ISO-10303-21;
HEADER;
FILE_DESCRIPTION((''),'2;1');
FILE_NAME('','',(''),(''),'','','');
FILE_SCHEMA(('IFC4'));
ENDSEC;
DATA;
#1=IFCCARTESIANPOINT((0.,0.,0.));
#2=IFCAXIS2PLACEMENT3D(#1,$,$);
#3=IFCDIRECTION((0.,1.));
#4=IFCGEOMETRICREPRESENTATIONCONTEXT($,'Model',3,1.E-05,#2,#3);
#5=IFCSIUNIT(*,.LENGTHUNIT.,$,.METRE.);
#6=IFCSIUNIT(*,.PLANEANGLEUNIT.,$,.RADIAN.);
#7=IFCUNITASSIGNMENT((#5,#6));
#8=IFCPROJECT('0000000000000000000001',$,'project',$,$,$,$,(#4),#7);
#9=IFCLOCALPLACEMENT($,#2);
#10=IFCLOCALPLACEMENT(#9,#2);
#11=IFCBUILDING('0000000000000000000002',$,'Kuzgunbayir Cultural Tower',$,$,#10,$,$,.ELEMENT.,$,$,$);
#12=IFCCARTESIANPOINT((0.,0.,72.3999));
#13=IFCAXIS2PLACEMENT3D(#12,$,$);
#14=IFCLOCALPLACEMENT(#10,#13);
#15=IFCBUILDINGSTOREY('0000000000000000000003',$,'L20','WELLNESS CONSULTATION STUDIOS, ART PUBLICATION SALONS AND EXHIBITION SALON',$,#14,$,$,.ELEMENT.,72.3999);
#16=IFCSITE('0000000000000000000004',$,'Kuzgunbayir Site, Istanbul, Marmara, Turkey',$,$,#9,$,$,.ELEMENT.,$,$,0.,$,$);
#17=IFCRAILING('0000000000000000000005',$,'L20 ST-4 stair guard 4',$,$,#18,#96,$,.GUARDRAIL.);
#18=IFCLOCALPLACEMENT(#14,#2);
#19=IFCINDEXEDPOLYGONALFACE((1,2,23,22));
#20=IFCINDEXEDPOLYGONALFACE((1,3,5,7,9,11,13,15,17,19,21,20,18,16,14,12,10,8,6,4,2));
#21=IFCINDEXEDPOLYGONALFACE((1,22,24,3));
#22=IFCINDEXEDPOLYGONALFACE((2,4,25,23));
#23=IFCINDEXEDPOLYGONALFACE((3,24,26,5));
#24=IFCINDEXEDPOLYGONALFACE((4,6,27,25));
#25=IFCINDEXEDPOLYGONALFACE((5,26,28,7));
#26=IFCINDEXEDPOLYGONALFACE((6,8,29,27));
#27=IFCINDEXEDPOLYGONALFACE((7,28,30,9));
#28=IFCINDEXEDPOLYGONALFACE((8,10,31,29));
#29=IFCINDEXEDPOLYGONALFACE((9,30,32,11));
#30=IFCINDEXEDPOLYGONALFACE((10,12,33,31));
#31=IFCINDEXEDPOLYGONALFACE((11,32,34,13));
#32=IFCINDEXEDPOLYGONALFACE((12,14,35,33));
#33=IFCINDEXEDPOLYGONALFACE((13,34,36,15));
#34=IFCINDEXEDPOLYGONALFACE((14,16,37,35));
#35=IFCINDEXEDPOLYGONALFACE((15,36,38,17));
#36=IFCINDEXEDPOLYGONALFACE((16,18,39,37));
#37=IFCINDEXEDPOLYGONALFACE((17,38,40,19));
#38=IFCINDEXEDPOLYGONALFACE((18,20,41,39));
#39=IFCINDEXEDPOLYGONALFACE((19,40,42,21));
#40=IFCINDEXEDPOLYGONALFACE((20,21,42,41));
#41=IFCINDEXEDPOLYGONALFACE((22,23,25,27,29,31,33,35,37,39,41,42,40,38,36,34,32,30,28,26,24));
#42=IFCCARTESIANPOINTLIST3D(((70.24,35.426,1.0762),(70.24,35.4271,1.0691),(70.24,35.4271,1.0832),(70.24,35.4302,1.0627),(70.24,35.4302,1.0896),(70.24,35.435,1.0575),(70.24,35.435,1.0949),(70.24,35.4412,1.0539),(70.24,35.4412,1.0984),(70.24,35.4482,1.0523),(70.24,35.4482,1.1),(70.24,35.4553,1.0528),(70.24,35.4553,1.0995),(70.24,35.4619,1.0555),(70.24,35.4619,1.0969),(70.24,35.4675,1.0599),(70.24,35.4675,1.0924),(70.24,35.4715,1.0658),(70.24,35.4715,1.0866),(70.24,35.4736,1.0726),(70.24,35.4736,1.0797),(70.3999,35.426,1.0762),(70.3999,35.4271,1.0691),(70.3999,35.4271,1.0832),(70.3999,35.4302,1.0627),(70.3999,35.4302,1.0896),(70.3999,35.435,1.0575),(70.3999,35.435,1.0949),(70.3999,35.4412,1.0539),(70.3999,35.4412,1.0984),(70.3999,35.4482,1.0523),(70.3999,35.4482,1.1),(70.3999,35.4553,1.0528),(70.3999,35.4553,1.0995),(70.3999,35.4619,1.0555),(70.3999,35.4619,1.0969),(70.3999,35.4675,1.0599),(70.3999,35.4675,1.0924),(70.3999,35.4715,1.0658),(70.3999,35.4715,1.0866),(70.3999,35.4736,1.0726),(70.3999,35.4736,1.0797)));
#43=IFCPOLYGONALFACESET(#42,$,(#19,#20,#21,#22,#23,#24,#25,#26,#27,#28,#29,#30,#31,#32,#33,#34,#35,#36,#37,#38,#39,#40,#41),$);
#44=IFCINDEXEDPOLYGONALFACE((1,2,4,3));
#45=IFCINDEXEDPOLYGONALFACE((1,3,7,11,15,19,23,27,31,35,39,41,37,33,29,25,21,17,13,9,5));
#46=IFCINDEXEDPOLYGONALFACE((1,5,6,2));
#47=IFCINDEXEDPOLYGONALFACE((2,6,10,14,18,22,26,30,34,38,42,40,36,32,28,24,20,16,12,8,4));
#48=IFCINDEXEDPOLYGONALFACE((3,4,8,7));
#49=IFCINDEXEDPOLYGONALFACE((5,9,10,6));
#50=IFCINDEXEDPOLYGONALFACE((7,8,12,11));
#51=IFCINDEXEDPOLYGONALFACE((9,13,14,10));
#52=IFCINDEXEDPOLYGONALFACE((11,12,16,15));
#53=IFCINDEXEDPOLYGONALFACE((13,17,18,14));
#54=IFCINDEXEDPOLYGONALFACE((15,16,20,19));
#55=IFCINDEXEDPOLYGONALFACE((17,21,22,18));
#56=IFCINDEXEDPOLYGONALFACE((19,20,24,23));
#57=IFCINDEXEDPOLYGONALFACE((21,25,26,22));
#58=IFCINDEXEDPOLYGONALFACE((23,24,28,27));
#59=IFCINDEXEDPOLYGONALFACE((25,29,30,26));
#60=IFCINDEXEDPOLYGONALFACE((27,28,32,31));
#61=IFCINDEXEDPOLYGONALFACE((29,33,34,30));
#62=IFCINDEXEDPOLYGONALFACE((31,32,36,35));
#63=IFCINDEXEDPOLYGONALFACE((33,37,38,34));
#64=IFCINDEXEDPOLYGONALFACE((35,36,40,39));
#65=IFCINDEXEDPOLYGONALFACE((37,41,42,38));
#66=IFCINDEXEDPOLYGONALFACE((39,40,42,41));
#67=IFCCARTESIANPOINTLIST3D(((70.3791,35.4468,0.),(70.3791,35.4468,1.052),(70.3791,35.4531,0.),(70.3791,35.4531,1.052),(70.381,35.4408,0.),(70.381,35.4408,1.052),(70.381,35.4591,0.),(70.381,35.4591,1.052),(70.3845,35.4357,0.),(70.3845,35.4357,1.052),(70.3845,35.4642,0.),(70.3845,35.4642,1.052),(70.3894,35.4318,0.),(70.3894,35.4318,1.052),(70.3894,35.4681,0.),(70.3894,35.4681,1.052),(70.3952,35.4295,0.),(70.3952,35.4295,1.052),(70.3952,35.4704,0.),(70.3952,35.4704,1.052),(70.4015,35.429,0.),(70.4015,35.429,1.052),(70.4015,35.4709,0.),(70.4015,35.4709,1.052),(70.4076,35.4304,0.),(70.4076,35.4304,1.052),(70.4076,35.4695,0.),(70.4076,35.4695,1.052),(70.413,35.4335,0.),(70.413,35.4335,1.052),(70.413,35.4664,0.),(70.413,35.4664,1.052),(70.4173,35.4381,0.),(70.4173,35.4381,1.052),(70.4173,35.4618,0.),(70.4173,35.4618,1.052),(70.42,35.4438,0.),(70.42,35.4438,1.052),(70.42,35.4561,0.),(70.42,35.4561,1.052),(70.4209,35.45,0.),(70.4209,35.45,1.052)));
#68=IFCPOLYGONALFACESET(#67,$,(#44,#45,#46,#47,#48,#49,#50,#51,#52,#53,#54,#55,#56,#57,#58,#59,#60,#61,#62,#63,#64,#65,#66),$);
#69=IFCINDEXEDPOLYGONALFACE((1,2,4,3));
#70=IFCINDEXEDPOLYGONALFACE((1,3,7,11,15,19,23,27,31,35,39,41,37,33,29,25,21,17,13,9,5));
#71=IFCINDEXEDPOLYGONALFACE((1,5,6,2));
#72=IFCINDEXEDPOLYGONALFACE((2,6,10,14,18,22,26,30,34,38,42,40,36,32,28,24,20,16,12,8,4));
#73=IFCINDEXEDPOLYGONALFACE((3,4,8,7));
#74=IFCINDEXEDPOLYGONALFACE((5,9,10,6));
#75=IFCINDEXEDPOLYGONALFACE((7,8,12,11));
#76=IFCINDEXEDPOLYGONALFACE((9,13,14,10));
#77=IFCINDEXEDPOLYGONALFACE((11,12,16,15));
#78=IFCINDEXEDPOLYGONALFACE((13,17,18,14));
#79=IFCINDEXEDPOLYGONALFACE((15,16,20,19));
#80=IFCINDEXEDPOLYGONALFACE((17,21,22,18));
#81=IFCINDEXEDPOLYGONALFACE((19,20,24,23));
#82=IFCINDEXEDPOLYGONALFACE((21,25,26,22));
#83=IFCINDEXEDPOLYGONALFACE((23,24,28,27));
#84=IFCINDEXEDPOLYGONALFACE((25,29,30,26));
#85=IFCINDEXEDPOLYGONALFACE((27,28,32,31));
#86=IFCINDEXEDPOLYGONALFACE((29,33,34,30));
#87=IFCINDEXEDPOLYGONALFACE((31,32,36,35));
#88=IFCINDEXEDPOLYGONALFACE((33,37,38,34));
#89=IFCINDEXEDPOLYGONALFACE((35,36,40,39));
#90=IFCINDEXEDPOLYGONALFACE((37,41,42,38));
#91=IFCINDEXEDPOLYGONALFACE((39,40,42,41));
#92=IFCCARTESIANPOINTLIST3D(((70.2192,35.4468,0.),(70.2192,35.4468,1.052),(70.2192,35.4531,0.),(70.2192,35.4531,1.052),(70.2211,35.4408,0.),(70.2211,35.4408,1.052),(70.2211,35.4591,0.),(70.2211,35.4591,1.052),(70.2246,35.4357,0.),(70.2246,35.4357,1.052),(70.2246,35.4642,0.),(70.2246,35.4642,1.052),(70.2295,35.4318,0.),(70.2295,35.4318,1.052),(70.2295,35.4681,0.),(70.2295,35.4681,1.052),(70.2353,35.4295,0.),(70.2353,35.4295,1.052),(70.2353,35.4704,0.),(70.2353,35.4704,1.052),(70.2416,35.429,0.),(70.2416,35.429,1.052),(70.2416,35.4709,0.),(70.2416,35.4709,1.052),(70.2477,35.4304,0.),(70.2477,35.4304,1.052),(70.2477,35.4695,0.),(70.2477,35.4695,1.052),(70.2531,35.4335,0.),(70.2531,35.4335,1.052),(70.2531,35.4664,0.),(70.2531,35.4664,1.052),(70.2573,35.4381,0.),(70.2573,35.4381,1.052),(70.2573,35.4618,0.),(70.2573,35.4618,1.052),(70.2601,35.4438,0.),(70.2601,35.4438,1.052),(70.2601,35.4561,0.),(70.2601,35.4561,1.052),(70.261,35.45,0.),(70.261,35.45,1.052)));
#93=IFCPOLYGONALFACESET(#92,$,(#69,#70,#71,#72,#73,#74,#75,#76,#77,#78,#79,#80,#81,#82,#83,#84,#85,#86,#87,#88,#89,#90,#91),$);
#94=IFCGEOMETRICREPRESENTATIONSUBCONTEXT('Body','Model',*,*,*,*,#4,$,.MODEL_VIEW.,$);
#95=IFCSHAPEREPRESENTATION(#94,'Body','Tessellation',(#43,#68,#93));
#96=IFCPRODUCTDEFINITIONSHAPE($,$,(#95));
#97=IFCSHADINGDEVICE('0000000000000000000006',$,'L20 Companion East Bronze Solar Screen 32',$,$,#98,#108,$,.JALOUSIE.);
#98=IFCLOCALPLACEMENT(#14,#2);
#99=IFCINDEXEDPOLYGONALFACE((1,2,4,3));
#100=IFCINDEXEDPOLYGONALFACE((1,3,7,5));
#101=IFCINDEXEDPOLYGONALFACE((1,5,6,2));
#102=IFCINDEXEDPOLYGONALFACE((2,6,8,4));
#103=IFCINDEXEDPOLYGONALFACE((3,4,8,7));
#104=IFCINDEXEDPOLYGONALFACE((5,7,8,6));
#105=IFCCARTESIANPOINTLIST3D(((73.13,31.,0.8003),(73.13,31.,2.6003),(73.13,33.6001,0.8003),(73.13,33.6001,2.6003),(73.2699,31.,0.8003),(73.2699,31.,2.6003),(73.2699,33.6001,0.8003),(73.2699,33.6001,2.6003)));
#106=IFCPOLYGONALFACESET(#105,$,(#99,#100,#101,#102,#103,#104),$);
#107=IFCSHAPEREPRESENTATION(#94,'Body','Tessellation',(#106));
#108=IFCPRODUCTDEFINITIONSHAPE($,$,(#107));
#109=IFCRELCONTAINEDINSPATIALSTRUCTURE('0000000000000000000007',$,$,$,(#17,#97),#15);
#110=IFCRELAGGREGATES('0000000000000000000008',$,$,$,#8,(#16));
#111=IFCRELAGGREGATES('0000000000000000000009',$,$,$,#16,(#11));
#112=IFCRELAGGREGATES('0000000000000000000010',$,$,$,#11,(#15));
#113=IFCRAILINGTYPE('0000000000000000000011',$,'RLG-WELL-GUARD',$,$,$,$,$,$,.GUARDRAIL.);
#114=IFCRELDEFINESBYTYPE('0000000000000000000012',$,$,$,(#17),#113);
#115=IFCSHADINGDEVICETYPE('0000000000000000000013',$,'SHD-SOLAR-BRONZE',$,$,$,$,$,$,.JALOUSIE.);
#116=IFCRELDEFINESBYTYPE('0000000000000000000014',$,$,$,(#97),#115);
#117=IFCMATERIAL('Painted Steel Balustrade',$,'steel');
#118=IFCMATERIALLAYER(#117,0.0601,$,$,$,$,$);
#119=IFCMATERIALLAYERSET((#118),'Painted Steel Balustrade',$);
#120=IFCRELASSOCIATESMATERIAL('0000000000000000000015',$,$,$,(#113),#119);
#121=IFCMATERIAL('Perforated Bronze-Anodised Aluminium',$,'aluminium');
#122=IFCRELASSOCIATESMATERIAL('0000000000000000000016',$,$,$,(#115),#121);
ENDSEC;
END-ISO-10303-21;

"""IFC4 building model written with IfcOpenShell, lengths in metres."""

from ifc_helpers import new_model, si_unit, direction, frame, origin, origin_2d, place, context, subcontext, project, spatial, rectangle, circle, extrude, material, layer, layer_set, type_object, element, save


model = new_model("IFC4")

# Units and contexts
model_context = context("Model", 3, precision=1e-05, world=origin(), true_north=direction((0.0, 1.0)))
body_context = subcontext(model_context, "Body", "Model", "MODEL_VIEW")
ifc_project = project(units=[si_unit("LENGTHUNIT", "METRE"), si_unit("PLANEANGLEUNIT", "RADIAN")], contexts=[model_context])

# Site, building, storey
site_placement = place(None, origin())
site = spatial("IfcSite", under=ifc_project, at=site_placement, Name="Kuzgunbayir Site, Istanbul, Marmara, Turkey", CompositionType="ELEMENT", RefElevation=0.0)
building_placement = place(site_placement, origin())
building = spatial("IfcBuilding", under=site, at=building_placement, Name="Kuzgunbayir Cultural Tower", CompositionType="ELEMENT")
storey_placement = place(building_placement, frame((0.0, 0.0, 72.3999)))
storey = spatial("IfcBuildingStorey", under=building, at=storey_placement, Name="L20", Description="WELLNESS CONSULTATION STUDIOS, ART PUBLICATION SALONS AND EXHIBITION SALON", CompositionType="ELEMENT", Elevation=72.3999)

# Shared definitions
ifc_material_1 = material(Name="Perforated Bronze-Anodised Aluminium", Category="aluminium")

# Railing
ifc_material_2 = material(Name="Painted Steel Balustrade", Category="steel")
ifc_layer_1 = layer(ifc_material_2, 0.0601)
ifc_layer_set_1 = layer_set([ifc_layer_1], Name="Painted Steel Balustrade")
railing_type = type_object("IfcRailingType", Name="RLG-WELL-GUARD", PredefinedType="GUARDRAIL", material=ifc_layer_set_1)
railing_placement = place(storey_placement, frame((70.3999, 35.45, 0.0)))
element("IfcRailing", 1, at=railing_placement, inside=storey, type_object=railing_type, Name="L20 ST-4 stair guard 4", PredefinedType="GUARDRAIL", context=body_context, shape_type="SweptSolid", body=[
    extrude(circle(Radius=0.0239, at=origin_2d()), frame((0.0, 0.0, 1.0762), z_axis=(-1.0, 0.0, 0.0), x_axis=(0.0, -1.0, 0.0)), (0.0, 0.0, 1.0), 0.1599),
    extrude(circle(Radius=0.021, at=origin_2d()), origin(), (0.0, 0.0, 1.0), 1.052),
    extrude(circle(Radius=0.021, at=origin_2d()), frame((-0.1599, 0.0, 0.0)), (0.0, 0.0, 1.0), 1.052),
])

# Shading device
shading_device_type = type_object("IfcShadingDeviceType", Name="SHD-SOLAR-BRONZE", PredefinedType="JALOUSIE", material=ifc_material_1)
shading_device_placement = place(storey_placement, frame((73.2, 32.3, 0.8003), z_axis=(0.0, 0.0, 1.0), x_axis=(1.0, 0.0, 0.0)))
element("IfcShadingDevice", 2, at=shading_device_placement, inside=storey, type_object=shading_device_type, Name="L20 Companion East Bronze Solar Screen 32", PredefinedType="JALOUSIE", context=body_context, shape_type="SweptSolid", body=[
    extrude(rectangle(XDim=0.1399, YDim=2.6001, at=origin_2d()), origin(), (0.0, 0.0, 1.0), 1.8),
])

save(model, "model.ifc")
